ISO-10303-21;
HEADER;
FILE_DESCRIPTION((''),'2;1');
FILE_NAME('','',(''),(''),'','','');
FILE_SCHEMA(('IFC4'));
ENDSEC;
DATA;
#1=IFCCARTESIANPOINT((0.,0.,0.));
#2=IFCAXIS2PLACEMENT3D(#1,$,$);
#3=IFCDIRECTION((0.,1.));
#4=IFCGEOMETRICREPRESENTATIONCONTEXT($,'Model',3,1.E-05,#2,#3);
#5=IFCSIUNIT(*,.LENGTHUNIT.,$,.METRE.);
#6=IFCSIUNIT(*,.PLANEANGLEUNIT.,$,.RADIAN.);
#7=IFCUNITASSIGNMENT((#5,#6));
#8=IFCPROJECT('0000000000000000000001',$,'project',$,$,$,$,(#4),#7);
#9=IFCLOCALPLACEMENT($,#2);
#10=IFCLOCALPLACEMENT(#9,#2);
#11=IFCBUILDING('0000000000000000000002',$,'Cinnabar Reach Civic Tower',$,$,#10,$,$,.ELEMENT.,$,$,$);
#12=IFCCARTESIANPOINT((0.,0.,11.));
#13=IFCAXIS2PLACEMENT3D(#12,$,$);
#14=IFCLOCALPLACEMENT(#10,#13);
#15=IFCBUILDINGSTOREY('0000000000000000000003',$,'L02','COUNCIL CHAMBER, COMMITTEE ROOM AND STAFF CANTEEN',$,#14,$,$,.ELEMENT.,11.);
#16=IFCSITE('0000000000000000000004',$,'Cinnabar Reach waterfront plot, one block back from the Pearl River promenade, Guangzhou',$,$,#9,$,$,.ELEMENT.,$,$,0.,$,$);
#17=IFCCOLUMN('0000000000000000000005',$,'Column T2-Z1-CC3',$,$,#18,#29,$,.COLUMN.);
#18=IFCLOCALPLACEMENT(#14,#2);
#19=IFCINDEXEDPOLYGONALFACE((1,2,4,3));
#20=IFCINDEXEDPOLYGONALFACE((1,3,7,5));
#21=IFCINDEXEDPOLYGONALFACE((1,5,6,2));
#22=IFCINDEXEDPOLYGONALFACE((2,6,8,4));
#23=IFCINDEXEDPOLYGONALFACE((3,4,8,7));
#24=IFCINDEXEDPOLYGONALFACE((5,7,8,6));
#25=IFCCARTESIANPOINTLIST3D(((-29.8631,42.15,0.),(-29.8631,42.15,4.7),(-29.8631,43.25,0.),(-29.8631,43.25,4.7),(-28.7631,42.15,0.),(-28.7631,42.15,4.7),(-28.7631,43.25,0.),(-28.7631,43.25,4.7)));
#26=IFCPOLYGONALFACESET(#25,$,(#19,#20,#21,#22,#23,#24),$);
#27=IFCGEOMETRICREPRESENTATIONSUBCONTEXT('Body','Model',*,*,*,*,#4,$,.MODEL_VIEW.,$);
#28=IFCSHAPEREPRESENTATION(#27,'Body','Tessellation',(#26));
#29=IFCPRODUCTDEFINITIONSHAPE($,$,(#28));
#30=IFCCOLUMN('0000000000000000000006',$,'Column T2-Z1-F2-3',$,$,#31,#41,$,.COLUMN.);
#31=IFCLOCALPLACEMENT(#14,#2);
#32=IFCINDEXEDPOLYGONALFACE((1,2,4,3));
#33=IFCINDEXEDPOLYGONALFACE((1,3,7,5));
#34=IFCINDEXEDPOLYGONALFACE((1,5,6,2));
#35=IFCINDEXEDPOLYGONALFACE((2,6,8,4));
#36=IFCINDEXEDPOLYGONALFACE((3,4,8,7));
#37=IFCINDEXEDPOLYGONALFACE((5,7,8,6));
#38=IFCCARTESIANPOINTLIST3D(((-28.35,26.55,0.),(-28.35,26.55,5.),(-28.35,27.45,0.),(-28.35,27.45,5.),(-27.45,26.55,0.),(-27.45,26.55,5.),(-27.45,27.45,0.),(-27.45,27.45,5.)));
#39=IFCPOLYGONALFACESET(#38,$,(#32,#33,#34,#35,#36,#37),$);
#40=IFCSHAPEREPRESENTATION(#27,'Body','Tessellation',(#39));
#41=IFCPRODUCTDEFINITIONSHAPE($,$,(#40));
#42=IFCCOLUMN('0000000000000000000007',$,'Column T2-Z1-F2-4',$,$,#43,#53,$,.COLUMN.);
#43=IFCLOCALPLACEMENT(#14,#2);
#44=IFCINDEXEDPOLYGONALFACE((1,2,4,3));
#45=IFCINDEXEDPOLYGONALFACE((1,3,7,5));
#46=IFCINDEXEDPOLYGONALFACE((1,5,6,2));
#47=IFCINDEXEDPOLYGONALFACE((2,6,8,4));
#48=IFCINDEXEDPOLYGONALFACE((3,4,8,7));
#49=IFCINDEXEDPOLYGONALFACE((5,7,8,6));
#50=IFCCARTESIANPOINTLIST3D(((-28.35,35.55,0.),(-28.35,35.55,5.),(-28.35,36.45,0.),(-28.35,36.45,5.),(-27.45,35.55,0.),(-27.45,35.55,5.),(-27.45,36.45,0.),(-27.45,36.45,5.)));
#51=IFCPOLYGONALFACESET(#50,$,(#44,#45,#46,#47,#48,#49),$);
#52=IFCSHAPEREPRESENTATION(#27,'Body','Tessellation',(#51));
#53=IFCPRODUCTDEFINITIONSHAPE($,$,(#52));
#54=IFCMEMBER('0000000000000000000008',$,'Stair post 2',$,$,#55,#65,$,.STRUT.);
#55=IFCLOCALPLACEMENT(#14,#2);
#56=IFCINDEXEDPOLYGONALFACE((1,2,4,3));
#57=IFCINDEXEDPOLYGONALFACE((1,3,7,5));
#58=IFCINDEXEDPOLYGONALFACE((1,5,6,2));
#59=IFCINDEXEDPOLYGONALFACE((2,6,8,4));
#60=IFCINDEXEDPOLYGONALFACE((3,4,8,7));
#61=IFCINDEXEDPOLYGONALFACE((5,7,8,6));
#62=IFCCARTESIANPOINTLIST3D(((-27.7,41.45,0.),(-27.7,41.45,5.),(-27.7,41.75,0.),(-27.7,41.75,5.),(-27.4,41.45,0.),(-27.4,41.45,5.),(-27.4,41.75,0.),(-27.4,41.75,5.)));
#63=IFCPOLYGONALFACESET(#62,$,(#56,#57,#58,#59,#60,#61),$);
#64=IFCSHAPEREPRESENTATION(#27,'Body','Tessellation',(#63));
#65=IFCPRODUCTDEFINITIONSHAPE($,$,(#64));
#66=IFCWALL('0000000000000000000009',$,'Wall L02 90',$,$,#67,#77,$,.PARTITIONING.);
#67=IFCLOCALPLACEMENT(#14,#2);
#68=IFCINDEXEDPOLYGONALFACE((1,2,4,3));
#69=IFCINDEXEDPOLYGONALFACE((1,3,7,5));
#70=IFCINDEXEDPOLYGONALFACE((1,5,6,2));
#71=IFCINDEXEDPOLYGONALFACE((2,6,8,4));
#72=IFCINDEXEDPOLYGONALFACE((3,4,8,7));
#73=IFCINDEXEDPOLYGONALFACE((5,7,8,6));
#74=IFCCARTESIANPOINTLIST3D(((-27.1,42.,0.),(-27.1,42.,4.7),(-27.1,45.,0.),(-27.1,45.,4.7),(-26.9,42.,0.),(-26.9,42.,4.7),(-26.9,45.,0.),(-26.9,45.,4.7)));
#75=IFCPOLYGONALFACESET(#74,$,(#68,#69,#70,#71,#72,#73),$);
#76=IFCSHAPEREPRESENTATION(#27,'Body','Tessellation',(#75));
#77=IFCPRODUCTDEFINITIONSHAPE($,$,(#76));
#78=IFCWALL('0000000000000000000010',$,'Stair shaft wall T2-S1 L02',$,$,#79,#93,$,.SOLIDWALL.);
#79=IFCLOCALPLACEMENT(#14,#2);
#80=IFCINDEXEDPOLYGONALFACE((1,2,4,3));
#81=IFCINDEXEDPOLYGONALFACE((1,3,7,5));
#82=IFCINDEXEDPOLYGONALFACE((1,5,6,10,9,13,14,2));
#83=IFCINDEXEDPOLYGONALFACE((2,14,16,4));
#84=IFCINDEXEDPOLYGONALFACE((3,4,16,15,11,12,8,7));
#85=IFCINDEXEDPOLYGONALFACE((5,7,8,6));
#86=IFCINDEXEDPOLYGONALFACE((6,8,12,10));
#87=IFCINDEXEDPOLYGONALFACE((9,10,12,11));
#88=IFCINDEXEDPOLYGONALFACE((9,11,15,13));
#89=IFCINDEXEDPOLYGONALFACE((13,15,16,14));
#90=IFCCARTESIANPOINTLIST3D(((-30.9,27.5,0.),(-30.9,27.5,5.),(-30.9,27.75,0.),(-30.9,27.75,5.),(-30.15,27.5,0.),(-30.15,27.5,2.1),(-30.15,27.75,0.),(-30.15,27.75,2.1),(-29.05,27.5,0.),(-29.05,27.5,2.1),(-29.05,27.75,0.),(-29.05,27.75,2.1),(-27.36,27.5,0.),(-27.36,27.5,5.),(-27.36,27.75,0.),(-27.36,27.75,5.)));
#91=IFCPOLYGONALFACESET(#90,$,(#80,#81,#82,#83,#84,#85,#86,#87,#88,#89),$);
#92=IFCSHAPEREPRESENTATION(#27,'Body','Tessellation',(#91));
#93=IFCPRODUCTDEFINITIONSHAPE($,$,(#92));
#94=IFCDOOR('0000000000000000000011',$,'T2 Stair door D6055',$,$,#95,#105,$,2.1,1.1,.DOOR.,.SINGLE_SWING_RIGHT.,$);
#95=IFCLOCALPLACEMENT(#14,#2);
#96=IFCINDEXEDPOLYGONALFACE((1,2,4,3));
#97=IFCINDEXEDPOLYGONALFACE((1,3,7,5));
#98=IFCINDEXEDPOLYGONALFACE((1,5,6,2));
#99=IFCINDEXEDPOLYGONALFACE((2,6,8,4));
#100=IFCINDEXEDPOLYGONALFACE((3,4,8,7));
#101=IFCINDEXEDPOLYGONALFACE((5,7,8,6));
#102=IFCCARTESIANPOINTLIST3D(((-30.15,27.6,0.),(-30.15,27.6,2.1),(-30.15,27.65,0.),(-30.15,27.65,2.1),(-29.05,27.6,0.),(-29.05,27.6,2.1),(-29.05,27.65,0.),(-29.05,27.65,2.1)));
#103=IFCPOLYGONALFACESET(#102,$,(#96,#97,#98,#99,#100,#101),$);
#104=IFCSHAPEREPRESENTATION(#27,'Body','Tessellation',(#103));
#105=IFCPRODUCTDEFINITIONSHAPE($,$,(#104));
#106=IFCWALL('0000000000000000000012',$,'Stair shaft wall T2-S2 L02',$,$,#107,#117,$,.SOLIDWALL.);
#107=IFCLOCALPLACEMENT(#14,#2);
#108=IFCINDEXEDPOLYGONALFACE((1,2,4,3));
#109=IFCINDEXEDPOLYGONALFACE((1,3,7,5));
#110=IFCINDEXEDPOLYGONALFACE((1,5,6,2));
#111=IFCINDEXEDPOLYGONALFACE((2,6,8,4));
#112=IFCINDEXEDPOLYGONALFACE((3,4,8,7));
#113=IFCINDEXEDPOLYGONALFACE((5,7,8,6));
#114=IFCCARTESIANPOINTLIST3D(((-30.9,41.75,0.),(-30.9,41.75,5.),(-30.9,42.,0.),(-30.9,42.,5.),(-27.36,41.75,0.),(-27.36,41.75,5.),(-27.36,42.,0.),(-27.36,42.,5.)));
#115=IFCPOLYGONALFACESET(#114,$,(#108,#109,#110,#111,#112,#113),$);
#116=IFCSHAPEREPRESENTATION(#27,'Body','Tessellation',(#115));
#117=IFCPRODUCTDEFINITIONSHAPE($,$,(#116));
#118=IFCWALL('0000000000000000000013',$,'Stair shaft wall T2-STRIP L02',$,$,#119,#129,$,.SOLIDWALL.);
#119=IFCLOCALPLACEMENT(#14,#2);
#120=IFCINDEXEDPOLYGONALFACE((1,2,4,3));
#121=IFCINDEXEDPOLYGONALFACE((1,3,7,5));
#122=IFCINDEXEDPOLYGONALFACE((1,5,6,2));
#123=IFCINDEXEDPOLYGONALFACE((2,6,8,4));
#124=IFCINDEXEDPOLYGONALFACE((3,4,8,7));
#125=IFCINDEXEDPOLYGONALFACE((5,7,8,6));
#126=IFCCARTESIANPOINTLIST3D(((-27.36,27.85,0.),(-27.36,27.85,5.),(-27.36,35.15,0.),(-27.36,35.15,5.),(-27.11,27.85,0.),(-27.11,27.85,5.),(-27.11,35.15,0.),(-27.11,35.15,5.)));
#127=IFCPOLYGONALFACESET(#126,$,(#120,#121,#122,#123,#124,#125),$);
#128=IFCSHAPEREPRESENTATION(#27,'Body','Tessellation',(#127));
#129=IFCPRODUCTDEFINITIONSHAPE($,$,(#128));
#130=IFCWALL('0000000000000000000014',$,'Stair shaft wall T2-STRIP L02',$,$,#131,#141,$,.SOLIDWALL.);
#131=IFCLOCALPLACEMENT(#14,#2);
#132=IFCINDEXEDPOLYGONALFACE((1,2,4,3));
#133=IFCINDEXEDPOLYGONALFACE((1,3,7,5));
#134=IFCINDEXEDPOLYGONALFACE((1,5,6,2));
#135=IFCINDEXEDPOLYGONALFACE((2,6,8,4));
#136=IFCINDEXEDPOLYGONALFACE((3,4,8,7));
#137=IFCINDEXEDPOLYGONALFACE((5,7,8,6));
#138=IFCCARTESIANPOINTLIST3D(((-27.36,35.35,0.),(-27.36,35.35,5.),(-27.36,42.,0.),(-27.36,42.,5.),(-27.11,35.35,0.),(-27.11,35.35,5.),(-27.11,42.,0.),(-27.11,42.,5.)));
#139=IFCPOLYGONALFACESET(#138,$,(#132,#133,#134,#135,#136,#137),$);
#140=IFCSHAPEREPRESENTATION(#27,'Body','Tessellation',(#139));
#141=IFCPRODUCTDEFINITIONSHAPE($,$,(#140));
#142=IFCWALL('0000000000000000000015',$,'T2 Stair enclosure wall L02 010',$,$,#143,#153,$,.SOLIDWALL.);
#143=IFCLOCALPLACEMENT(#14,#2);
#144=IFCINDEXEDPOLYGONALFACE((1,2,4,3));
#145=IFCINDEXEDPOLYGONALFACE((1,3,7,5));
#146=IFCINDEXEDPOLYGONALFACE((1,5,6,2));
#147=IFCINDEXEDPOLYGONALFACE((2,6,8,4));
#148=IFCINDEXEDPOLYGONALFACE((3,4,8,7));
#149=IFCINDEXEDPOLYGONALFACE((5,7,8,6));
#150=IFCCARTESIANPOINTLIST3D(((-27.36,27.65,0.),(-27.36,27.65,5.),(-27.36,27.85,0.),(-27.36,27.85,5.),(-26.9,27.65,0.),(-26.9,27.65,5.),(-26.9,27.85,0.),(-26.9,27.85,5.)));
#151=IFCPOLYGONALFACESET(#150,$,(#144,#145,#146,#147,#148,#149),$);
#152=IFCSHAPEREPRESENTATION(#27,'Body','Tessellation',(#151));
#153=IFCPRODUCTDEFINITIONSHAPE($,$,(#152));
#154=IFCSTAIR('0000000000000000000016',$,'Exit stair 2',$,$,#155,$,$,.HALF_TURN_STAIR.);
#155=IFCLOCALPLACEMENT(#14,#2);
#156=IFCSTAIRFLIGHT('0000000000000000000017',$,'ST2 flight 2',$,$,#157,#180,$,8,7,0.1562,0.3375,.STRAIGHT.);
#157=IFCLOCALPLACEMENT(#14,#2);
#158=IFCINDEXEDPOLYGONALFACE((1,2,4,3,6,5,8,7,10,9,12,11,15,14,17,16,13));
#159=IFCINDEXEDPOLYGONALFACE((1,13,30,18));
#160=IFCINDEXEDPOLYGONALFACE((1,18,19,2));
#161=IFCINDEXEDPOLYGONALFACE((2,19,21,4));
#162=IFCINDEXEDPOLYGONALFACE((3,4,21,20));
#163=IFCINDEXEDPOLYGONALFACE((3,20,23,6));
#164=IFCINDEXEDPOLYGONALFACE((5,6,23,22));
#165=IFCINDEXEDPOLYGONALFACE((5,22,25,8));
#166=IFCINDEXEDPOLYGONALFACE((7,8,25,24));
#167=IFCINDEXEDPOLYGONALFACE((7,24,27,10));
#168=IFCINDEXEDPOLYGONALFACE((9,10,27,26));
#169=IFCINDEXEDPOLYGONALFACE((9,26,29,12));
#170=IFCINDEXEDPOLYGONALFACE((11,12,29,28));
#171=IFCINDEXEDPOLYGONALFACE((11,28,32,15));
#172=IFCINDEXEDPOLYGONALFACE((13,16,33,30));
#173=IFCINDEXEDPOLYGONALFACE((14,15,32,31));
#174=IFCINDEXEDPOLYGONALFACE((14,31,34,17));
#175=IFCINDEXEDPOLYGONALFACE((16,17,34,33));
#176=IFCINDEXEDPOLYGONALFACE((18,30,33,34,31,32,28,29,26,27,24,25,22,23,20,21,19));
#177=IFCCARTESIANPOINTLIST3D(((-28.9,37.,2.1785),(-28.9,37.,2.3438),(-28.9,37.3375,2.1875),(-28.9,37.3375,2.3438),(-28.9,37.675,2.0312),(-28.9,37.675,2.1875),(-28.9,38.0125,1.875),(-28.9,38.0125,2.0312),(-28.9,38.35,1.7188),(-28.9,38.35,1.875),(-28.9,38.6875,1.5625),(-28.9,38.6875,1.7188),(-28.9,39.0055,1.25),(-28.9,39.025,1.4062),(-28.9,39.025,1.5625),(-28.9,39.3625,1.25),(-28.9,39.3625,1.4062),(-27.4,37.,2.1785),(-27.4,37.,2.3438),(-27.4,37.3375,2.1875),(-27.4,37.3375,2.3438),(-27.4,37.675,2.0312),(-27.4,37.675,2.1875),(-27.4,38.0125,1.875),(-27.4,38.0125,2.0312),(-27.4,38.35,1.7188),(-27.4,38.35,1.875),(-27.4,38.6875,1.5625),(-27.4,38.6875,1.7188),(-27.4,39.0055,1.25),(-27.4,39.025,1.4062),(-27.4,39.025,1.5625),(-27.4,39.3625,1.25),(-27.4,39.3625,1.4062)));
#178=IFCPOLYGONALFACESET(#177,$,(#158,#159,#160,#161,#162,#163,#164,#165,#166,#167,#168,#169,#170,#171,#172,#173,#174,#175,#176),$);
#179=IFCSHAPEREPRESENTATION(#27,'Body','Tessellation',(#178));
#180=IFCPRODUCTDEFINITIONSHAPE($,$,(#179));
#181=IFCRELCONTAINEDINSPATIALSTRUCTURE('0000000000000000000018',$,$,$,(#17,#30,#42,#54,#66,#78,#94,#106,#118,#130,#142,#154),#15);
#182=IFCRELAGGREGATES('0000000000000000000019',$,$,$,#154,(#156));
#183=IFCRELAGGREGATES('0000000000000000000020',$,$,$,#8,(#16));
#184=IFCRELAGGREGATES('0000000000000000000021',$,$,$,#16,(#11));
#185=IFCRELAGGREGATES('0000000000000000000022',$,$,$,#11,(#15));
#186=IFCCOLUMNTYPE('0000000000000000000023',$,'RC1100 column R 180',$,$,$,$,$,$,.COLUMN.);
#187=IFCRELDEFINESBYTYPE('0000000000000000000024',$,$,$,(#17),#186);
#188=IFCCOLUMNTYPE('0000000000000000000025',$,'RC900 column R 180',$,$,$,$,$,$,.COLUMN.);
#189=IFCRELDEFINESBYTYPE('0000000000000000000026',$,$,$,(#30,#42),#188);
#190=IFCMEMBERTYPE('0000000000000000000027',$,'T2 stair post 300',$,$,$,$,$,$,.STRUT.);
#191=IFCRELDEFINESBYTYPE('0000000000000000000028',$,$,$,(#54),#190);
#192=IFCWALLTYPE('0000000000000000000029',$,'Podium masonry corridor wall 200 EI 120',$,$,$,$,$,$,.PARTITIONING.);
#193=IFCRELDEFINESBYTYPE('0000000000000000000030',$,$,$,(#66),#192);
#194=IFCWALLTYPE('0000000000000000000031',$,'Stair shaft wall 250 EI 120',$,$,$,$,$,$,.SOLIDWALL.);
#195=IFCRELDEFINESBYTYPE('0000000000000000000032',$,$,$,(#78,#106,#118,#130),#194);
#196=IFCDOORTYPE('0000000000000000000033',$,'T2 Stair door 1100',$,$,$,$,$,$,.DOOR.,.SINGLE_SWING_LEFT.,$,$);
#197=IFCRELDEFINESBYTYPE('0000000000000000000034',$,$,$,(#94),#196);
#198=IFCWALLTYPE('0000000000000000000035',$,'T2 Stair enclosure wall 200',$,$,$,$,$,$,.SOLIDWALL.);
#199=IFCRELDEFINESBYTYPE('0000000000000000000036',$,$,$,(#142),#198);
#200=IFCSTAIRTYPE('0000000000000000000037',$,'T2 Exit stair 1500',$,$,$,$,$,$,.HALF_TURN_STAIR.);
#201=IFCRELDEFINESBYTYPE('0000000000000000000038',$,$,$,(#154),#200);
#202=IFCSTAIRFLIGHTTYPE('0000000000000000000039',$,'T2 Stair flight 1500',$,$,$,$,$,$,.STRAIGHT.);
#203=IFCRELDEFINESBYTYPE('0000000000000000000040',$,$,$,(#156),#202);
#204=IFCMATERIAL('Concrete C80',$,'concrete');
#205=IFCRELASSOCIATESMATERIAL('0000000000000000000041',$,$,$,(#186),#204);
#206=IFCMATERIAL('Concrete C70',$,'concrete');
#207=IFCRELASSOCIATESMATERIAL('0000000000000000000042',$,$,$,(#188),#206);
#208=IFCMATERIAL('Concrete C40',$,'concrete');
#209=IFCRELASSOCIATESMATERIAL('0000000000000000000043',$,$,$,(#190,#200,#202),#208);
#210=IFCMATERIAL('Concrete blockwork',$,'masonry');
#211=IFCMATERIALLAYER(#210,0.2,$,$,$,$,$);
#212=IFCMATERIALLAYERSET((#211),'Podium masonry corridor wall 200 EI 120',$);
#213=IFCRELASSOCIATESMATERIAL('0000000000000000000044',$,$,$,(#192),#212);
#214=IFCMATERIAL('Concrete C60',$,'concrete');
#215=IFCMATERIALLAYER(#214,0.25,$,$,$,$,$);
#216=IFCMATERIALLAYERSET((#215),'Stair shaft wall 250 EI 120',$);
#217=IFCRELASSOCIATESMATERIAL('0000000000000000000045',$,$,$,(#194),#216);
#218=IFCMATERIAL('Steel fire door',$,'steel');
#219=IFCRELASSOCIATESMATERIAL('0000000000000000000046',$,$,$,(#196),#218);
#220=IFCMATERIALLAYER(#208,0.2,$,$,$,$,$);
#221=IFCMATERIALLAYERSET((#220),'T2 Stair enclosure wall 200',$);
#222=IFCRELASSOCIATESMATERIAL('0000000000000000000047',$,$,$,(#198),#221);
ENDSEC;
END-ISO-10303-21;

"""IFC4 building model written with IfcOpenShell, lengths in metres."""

from ifc_helpers import new_model, si_unit, direction, frame, frame_2d, origin, origin_2d, place, context, subcontext, project, spatial, polyline, rectangle, outline, extrude, material, layer, layer_set, material_profile, profile_set, type_object, element, fill, aggregate, save


model = new_model("IFC4")

# Units and contexts
model_context = context("Model", 3, precision=1e-05, world=origin(), true_north=direction((0.0, 1.0)))
body_context = subcontext(model_context, "Body", "Model", "MODEL_VIEW")
ifc_project = project(units=[si_unit("LENGTHUNIT", "METRE"), si_unit("PLANEANGLEUNIT", "RADIAN")], contexts=[model_context])

# Site, building, storey
site_placement = place(None, origin())
site = spatial("IfcSite", under=ifc_project, at=site_placement, Name="Cinnabar Reach waterfront plot, one block back from the Pearl River promenade, Guangzhou", CompositionType="ELEMENT", RefElevation=0.0)
building_placement = place(site_placement, origin())
building = spatial("IfcBuilding", under=site, at=building_placement, Name="Cinnabar Reach Civic Tower", CompositionType="ELEMENT")
storey_placement = place(building_placement, frame((0.0, 0.0, 11.0)))
storey = spatial("IfcBuildingStorey", under=building, at=storey_placement, Name="L02", Description="COUNCIL CHAMBER, COMMITTEE ROOM AND STAFF CANTEEN", CompositionType="ELEMENT", Elevation=11.0)

# Columns
ifc_material_1 = material(Name="Concrete C80", Category="concrete")
ifc_material_profile_1 = material_profile(ifc_material_1, rectangle(XDim=1.1, YDim=1.1, at=origin_2d()), Name="RC1100")
ifc_profile_set_1 = profile_set([ifc_material_profile_1], Name="Concrete C80")
column_type_1 = type_object("IfcColumnType", Name="RC1100 column R 180", PredefinedType="COLUMN", material=ifc_profile_set_1)
column_placement = place(storey_placement, frame((-29.3131, 42.7, 0.0), z_axis=(0.0, 0.0, 1.0), x_axis=(1.0, 0.0, 0.0)))
element("IfcColumn", 1, at=column_placement, inside=storey, type_object=column_type_1, Name="Column T2-Z1-CC3", PredefinedType="COLUMN", context=body_context, shape_type="SweptSolid", body=[
    extrude(rectangle(XDim=1.1, YDim=1.1, at=origin_2d()), origin(), (0.0, 0.0, 1.0), 4.7),
])
ifc_material_2 = material(Name="Concrete C70", Category="concrete")
ifc_material_profile_2 = material_profile(ifc_material_2, rectangle(XDim=0.9, YDim=0.9, at=origin_2d()), Name="RC900")
ifc_profile_set_2 = profile_set([ifc_material_profile_2], Name="Concrete C70")
column_type_2 = type_object("IfcColumnType", Name="RC900 column R 180", PredefinedType="COLUMN", material=ifc_profile_set_2)
for number, where, z_axis, x_axis, name in (
    (2, (-27.9, 27.0, 0.0), (0.0, 0.0, 1.0), (1.0, 0.0, 0.0), "Column T2-Z1-F2-3"),
    (3, (-27.9, 36.0, 0.0), (0.0, 0.0, 1.0), (1.0, 0.0, 0.0), "Column T2-Z1-F2-4"),
):
    element("IfcColumn", number, at=place(storey_placement, frame(where, z_axis=z_axis, x_axis=x_axis)), inside=storey, type_object=column_type_2, Name=name, PredefinedType="COLUMN", context=body_context, shape_type="SweptSolid", body=[
        extrude(rectangle(XDim=0.9, YDim=0.9, at=origin_2d()), origin(), (0.0, 0.0, 1.0), 5.0),
    ])

# Member
ifc_material_3 = material(Name="Concrete C40", Category="concrete")
ifc_material_profile_3 = material_profile(ifc_material_3, rectangle(XDim=0.3, YDim=0.3, at=origin_2d()), Name="C300")
ifc_profile_set_3 = profile_set([ifc_material_profile_3], Name="Concrete C40")
member_type = type_object("IfcMemberType", Name="T2 stair post 300", PredefinedType="STRUT", material=ifc_profile_set_3)
member_placement = place(storey_placement, frame((-27.55, 41.6, 0.0), z_axis=(0.0, 0.0, 1.0), x_axis=(1.0, 0.0, 0.0)))
element("IfcMember", 4, at=member_placement, inside=storey, type_object=member_type, Name="Stair post 2", PredefinedType="STRUT", context=body_context, shape_type="SweptSolid", body=[
    extrude(rectangle(XDim=0.3, YDim=0.3, at=origin_2d()), origin(), (0.0, 0.0, 1.0), 5.0),
])

# Wall
ifc_material_4 = material(Name="Concrete blockwork", Category="masonry")
ifc_layer_1 = layer(ifc_material_4, 0.2)
ifc_layer_set_1 = layer_set([ifc_layer_1], Name="Podium masonry corridor wall 200 EI 120")
wall_type_1 = type_object("IfcWallType", Name="Podium masonry corridor wall 200 EI 120", PredefinedType="PARTITIONING", material=ifc_layer_set_1)
wall_1_placement = place(storey_placement, frame((-27.0, 42.0, 0.0), z_axis=(0.0, 0.0, 1.0), x_axis=(0.0, 1.0, 0.0)))
element("IfcWall", 5, at=wall_1_placement, inside=storey, type_object=wall_type_1, Name="Wall L02 90", PredefinedType="PARTITIONING", context=body_context, shape_type="SweptSolid", body=[
    extrude(rectangle(XDim=3.0, YDim=0.2, at=frame_2d((1.5, 0.0))), origin(), (0.0, 0.0, 1.0), 4.7),
])

# Wall, opening, door
ifc_material_5 = material(Name="Concrete C60", Category="concrete")
ifc_layer_2 = layer(ifc_material_5, 0.25)
ifc_layer_set_2 = layer_set([ifc_layer_2], Name="Stair shaft wall 250 EI 120")
wall_type_2 = type_object("IfcWallType", Name="Stair shaft wall 250 EI 120", PredefinedType="SOLIDWALL", material=ifc_layer_set_2)
wall_2_placement = place(storey_placement, frame((-27.36, 27.625, 0.0), z_axis=(0.0, 0.0, 1.0), x_axis=(-1.0, 0.0, 0.0)))
wall_2 = element("IfcWall", 6, at=wall_2_placement, inside=storey, type_object=wall_type_2, Name="Stair shaft wall T2-S1 L02", PredefinedType="SOLIDWALL", context=body_context, shape_type="SweptSolid", body=[
    extrude(rectangle(XDim=3.54, YDim=0.25, at=frame_2d((1.77, 0.0))), origin(), (0.0, 0.0, 1.0), 5.0),
])
opening_placement = place(wall_2_placement, frame((1.69, 0.0, 0.0)))
opening = element("IfcOpeningElement", 7, at=opening_placement, cuts=wall_2, PredefinedType="OPENING", context=body_context, shape_type="SweptSolid", body=[
    extrude(rectangle(XDim=1.1, YDim=2.1, at=frame_2d((0.55, 1.05))), frame((0.0, 0.135, 0.0), z_axis=(0.0, -1.0, 0.0), x_axis=(1.0, 0.0, 0.0)), (0.0, 0.0, 1.0), 0.27),
])
ifc_material_6 = material(Name="Steel fire door", Category="steel")
door_type = type_object("IfcDoorType", Name="T2 Stair door 1100", OperationType="SINGLE_SWING_LEFT", PredefinedType="DOOR", material=ifc_material_6)
door_placement = place(opening_placement, origin())
door = element("IfcDoor", 8, at=door_placement, inside=storey, type_object=door_type, Name="T2 Stair door D6055", OperationType="SINGLE_SWING_RIGHT", OverallHeight=2.1, OverallWidth=1.1, PredefinedType="DOOR", context=body_context, shape_type="SweptSolid", body=[
    extrude(rectangle(XDim=1.1, YDim=2.1, at=frame_2d((0.55, 1.05))), frame((0.0, 0.025, 0.0), z_axis=(0.0, -1.0, 0.0), x_axis=(1.0, 0.0, 0.0)), (0.0, 0.0, 1.0), 0.05),
])
fill(opening, door)

# Walls
wall_3_placement = place(storey_placement, frame((-27.36, 41.875, 0.0), z_axis=(0.0, 0.0, 1.0), x_axis=(-1.0, 0.0, 0.0)))
element("IfcWall", 9, at=wall_3_placement, inside=storey, type_object=wall_type_2, Name="Stair shaft wall T2-S2 L02", PredefinedType="SOLIDWALL", context=body_context, shape_type="SweptSolid", body=[
    extrude(rectangle(XDim=3.54, YDim=0.25, at=frame_2d((1.77, 0.0))), origin(), (0.0, 0.0, 1.0), 5.0),
])
wall_4_placement = place(storey_placement, frame((-27.235, 27.85, 0.0), z_axis=(0.0, 0.0, 1.0), x_axis=(0.0, 1.0, 0.0)))
element("IfcWall", 10, at=wall_4_placement, inside=storey, type_object=wall_type_2, Name="Stair shaft wall T2-STRIP L02", PredefinedType="SOLIDWALL", context=body_context, shape_type="SweptSolid", body=[
    extrude(rectangle(XDim=7.3, YDim=0.25, at=frame_2d((3.65, 0.0))), origin(), (0.0, 0.0, 1.0), 5.0),
])
wall_5_placement = place(storey_placement, frame((-27.235, 35.35, 0.0), z_axis=(0.0, 0.0, 1.0), x_axis=(0.0, 1.0, 0.0)))
element("IfcWall", 11, at=wall_5_placement, inside=storey, type_object=wall_type_2, Name="Stair shaft wall T2-STRIP L02", PredefinedType="SOLIDWALL", context=body_context, shape_type="SweptSolid", body=[
    extrude(rectangle(XDim=6.65, YDim=0.25, at=frame_2d((3.325, 0.0))), origin(), (0.0, 0.0, 1.0), 5.0),
])
ifc_layer_3 = layer(ifc_material_3, 0.2)
ifc_layer_set_3 = layer_set([ifc_layer_3], Name="T2 Stair enclosure wall 200")
wall_type_3 = type_object("IfcWallType", Name="T2 Stair enclosure wall 200", PredefinedType="SOLIDWALL", material=ifc_layer_set_3)
wall_6_placement = place(storey_placement, frame((-27.36, 27.75, 0.0), z_axis=(0.0, 0.0, 1.0), x_axis=(1.0, 0.0, 0.0)))
element("IfcWall", 12, at=wall_6_placement, inside=storey, type_object=wall_type_3, Name="T2 Stair enclosure wall L02 010", PredefinedType="SOLIDWALL", context=body_context, shape_type="SweptSolid", body=[
    extrude(rectangle(XDim=0.46, YDim=0.2, at=frame_2d((0.23, 0.0))), origin(), (0.0, 0.0, 1.0), 5.0),
])

# Stair, stair flight
stair_type = type_object("IfcStairType", Name="T2 Exit stair 1500", PredefinedType="HALF_TURN_STAIR", material=ifc_material_3)
stair_placement = place(storey_placement, origin())
stair = element("IfcStair", 13, at=stair_placement, inside=storey, type_object=stair_type, Name="Exit stair 2", PredefinedType="HALF_TURN_STAIR")
stair_flight_type = type_object("IfcStairFlightType", Name="T2 Stair flight 1500", PredefinedType="STRAIGHT", material=ifc_material_3)
stair_flight_1_placement = place(storey_placement, frame((-28.15, 39.3625, 1.25), z_axis=(0.0, 0.0, 1.0), x_axis=(0.0, -1.0, 0.0)))
stair_flight_1 = element("IfcStairFlight", 14, at=stair_flight_1_placement, type_object=stair_flight_type, Name="ST2 flight 2", NumberOfRisers=8, NumberOfTreads=7, PredefinedType="STRAIGHT", RiserHeight=0.1562, TreadLength=0.3375, context=body_context, shape_type="SweptSolid", body=[
    extrude(outline(polyline([(0.0, 0.0), (0.0, 0.1562), (0.3375, 0.1562), (0.3375, 0.3125), (0.675, 0.3125), (0.675, 0.4688), (1.0125, 0.4688), (1.0125, 0.625), (1.35, 0.625), (1.35, 0.7812), (1.6875, 0.7812), (1.6875, 0.9375), (2.025, 0.9375), (2.025, 1.0938), (2.3625, 1.0938), (2.3625, 1.25), (2.3625, 0.9285), (0.357, 0.0), (0.0, 0.0)])), frame((0.0, 0.75, 0.0), z_axis=(0.0, -1.0, 0.0), x_axis=(1.0, 0.0, 0.0)), (0.0, 0.0, 1.0), 1.5),
])
aggregate(stair, [stair_flight_1])

save(model, "model.ifc")
